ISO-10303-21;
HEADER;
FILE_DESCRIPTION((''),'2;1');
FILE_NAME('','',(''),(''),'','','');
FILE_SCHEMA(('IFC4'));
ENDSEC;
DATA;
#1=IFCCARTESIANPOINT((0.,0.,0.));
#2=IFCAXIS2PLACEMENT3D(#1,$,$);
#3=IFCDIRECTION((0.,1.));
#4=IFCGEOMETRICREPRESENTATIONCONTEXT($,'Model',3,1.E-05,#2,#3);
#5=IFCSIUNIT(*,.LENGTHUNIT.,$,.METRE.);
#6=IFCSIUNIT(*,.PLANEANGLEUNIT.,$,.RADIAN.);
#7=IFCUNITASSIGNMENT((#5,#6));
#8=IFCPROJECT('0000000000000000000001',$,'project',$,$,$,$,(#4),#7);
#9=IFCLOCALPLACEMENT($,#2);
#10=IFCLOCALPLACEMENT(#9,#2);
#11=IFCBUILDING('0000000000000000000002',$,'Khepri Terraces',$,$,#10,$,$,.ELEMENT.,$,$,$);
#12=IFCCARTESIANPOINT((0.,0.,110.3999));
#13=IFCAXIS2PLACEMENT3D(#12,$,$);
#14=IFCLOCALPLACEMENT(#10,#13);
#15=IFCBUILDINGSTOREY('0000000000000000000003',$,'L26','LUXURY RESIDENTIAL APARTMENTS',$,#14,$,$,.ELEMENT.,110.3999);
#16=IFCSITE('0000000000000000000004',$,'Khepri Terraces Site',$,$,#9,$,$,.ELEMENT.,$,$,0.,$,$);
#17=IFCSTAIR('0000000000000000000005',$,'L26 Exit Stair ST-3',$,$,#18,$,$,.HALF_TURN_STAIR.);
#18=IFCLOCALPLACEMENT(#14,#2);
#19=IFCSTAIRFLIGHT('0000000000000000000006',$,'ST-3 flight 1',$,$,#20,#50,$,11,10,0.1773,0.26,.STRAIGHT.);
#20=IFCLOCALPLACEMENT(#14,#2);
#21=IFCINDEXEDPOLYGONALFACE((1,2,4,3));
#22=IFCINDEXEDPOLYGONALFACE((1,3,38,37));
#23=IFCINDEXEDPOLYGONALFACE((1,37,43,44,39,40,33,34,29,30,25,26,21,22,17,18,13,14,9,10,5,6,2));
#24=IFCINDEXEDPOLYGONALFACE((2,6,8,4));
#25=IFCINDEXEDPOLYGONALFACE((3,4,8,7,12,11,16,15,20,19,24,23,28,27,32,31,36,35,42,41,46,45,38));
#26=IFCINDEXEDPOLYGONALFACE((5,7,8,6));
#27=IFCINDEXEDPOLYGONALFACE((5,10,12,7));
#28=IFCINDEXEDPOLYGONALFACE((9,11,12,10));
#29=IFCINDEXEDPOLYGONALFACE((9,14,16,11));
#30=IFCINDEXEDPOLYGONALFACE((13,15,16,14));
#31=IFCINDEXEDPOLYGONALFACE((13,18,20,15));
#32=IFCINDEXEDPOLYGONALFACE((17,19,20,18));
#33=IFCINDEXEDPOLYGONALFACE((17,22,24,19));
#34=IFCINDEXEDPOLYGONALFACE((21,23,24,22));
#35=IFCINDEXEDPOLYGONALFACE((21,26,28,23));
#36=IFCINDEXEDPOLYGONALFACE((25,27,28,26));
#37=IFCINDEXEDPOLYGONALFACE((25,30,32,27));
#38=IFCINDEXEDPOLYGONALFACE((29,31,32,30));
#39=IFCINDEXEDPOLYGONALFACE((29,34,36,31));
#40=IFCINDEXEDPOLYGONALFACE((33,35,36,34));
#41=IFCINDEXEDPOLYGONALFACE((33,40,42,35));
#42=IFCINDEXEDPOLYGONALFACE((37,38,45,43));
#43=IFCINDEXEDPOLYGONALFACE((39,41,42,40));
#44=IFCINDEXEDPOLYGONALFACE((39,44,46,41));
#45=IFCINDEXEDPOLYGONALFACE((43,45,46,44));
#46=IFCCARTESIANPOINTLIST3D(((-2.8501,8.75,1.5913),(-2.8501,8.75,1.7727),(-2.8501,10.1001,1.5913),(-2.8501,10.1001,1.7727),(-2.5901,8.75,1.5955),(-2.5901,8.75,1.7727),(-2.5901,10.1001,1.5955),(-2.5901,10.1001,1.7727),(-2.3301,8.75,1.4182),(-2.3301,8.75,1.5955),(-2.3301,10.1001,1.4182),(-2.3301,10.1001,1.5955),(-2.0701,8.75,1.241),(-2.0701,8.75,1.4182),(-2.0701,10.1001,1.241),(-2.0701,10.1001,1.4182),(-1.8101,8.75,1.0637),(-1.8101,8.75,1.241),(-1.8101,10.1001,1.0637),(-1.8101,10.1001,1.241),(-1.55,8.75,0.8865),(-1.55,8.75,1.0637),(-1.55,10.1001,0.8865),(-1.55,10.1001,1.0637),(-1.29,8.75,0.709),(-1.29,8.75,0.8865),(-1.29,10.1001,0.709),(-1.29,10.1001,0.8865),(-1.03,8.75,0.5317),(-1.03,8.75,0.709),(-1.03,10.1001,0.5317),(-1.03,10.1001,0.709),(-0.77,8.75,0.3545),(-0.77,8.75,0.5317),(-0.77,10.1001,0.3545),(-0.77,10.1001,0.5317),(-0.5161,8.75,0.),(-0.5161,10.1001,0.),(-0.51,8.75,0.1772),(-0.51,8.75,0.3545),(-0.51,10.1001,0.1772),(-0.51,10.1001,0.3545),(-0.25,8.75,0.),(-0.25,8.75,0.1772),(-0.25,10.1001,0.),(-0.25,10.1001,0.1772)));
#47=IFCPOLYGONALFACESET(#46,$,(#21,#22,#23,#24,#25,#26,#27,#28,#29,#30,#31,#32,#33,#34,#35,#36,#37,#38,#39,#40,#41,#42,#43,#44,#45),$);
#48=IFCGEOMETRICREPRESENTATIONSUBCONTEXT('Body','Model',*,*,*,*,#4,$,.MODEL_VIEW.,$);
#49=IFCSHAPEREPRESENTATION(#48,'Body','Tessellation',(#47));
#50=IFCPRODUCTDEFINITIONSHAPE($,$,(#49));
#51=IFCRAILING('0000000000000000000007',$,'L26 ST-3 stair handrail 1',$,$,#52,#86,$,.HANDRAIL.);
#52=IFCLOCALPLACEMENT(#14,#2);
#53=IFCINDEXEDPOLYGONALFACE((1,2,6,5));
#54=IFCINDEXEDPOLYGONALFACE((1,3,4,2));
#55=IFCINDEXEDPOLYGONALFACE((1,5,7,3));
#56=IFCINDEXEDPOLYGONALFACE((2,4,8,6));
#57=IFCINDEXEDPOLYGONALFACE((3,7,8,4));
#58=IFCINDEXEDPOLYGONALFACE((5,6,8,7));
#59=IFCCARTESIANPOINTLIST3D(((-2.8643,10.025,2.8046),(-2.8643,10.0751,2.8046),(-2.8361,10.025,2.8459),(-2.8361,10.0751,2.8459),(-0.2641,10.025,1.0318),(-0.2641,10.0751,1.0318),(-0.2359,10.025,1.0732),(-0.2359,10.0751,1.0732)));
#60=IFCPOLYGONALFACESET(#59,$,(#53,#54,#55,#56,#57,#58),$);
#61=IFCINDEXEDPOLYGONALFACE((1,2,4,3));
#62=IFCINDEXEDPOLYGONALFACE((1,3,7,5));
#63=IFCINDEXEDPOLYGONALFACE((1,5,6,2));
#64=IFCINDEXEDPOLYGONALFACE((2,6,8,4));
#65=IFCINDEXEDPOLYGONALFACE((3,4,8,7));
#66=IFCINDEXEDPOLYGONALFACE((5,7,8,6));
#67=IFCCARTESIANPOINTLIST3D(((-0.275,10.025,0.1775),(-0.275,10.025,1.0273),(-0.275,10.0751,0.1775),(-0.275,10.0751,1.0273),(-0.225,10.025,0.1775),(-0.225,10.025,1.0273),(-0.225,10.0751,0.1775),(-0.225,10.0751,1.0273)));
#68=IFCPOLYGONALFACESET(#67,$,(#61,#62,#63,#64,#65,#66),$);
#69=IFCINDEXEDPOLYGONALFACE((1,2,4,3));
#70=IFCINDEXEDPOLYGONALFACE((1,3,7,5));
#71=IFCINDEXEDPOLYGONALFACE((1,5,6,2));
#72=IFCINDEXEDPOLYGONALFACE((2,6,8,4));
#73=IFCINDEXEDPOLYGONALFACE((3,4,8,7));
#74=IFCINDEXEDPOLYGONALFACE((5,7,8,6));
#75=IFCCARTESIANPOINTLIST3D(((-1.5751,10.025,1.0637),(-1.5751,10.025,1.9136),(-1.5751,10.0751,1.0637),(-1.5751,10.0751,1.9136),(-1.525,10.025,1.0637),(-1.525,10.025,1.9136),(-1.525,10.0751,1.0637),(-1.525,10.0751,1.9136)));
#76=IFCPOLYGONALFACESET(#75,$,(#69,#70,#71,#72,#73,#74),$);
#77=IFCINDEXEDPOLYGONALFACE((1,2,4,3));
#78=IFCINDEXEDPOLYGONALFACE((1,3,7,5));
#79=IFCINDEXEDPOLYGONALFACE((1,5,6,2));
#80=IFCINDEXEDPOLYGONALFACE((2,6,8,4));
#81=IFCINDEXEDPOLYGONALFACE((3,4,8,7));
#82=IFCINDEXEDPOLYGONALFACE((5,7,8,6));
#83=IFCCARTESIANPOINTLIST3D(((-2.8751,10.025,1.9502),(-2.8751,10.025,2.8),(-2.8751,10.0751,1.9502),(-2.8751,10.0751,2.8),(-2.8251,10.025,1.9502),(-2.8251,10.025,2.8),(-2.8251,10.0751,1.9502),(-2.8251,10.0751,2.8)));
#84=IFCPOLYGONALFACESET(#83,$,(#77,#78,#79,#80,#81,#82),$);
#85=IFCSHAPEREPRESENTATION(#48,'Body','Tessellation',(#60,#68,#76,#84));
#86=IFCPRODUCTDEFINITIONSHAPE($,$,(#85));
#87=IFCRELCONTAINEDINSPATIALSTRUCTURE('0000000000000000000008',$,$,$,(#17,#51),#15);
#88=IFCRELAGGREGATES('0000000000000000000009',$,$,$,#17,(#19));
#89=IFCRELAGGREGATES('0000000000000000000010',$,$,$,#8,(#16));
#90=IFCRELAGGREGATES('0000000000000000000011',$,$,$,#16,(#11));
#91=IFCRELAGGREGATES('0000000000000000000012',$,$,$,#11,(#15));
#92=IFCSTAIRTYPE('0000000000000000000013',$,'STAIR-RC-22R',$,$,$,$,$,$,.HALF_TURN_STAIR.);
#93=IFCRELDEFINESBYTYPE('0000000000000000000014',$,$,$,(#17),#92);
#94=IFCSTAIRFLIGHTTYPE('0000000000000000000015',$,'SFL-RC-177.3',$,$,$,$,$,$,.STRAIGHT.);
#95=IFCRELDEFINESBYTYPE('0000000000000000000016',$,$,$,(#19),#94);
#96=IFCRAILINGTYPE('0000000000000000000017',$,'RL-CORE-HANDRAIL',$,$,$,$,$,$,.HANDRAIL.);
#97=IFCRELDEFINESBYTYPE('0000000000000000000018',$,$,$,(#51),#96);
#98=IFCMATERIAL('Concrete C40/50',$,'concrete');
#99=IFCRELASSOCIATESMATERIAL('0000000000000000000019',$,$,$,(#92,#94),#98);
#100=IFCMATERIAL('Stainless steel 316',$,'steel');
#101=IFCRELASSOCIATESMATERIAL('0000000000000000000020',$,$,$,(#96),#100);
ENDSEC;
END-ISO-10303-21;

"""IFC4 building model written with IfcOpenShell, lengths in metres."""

from ifc_helpers import new_model, si_unit, direction, frame, origin, origin_2d, place, context, subcontext, project, spatial, polyline, rectangle, outline, extrude, material, type_object, element, aggregate, save


model = new_model("IFC4")

# Units and contexts
model_context = context("Model", 3, precision=1e-05, world=origin(), true_north=direction((0.0, 1.0)))
body_context = subcontext(model_context, "Body", "Model", "MODEL_VIEW")
ifc_project = project(units=[si_unit("LENGTHUNIT", "METRE"), si_unit("PLANEANGLEUNIT", "RADIAN")], contexts=[model_context])

# Site, building, storey
site_placement = place(None, origin())
site = spatial("IfcSite", under=ifc_project, at=site_placement, Name="Khepri Terraces Site", CompositionType="ELEMENT", RefElevation=0.0)
building_placement = place(site_placement, origin())
building = spatial("IfcBuilding", under=site, at=building_placement, Name="Khepri Terraces", CompositionType="ELEMENT")
storey_placement = place(building_placement, frame((0.0, 0.0, 110.3999)))
storey = spatial("IfcBuildingStorey", under=building, at=storey_placement, Name="L26", Description="LUXURY RESIDENTIAL APARTMENTS", CompositionType="ELEMENT", Elevation=110.3999)

# Stair, stair flight
ifc_material_1 = material(Name="Concrete C40/50", Category="concrete")
stair_type = type_object("IfcStairType", Name="STAIR-RC-22R", PredefinedType="HALF_TURN_STAIR", material=ifc_material_1)
stair_placement = place(storey_placement, origin())
stair = element("IfcStair", 1, at=stair_placement, inside=storey, type_object=stair_type, Name="L26 Exit Stair ST-3", PredefinedType="HALF_TURN_STAIR")
stair_flight_type = type_object("IfcStairFlightType", Name="SFL-RC-177.3", PredefinedType="STRAIGHT", material=ifc_material_1)
stair_flight_placement = place(storey_placement, frame((-0.25, 9.425, 0.0), z_axis=(0.0, 0.0, 1.0), x_axis=(-1.0, 0.0, 0.0)))
stair_flight = element("IfcStairFlight", 2, at=stair_flight_placement, type_object=stair_flight_type, Name="ST-3 flight 1", NumberOfRisers=11, NumberOfTreads=10, PredefinedType="STRAIGHT", RiserHeight=0.1773, TreadLength=0.26, context=body_context, shape_type="SweptSolid", body=[
    extrude(outline(polyline([(0.0, 0.0), (0.0, 0.1772), (0.26, 0.1772), (0.26, 0.3545), (0.52, 0.3545), (0.52, 0.5317), (0.78, 0.5317), (0.78, 0.709), (1.04, 0.709), (1.04, 0.8865), (1.3, 0.8865), (1.3, 1.0637), (1.5601, 1.0637), (1.5601, 1.241), (1.8201, 1.241), (1.8201, 1.4182), (2.0801, 1.4182), (2.0801, 1.5955), (2.3401, 1.5955), (2.3401, 1.7727), (2.6001, 1.7727), (2.6001, 1.95), (2.6001, 1.5913), (0.2661, 0.0), (0.0, 0.0)])), frame((0.0, 0.675, 0.0), z_axis=(0.0, -1.0, 0.0), x_axis=(1.0, 0.0, 0.0)), (0.0, 0.0, 1.0), 1.3501),
])
aggregate(stair, [stair_flight])

# Railing
ifc_material_2 = material(Name="Stainless steel 316", Category="steel")
railing_type = type_object("IfcRailingType", Name="RL-CORE-HANDRAIL", PredefinedType="HANDRAIL", material=ifc_material_2)
railing_placement = place(storey_placement, frame((-0.25, 10.05, 0.1775)))
element("IfcRailing", 3, at=railing_placement, inside=storey, type_object=railing_type, Name="L26 ST-3 stair handrail 1", PredefinedType="HANDRAIL", context=body_context, shape_type="SweptSolid", body=[
    extrude(rectangle(XDim=0.05, YDim=0.05, at=origin_2d()), frame((0.0, 0.0, 0.875), z_axis=(-0.82624, 0.0, 0.563318), x_axis=(0.0, -1.0, 0.0)), (0.0, 0.0, 1.0), 3.147),
    extrude(rectangle(XDim=0.05, YDim=0.05, at=origin_2d()), origin(), (0.0, 0.0, 1.0), 0.8499),
    extrude(rectangle(XDim=0.05, YDim=0.05, at=origin_2d()), frame((-1.3, 0.0, 0.8862)), (0.0, 0.0, 1.0), 0.8499),
    extrude(rectangle(XDim=0.05, YDim=0.05, at=origin_2d()), frame((-2.6001, 0.0, 1.7727)), (0.0, 0.0, 1.0), 0.8499),
])

save(model, "model.ifc")
